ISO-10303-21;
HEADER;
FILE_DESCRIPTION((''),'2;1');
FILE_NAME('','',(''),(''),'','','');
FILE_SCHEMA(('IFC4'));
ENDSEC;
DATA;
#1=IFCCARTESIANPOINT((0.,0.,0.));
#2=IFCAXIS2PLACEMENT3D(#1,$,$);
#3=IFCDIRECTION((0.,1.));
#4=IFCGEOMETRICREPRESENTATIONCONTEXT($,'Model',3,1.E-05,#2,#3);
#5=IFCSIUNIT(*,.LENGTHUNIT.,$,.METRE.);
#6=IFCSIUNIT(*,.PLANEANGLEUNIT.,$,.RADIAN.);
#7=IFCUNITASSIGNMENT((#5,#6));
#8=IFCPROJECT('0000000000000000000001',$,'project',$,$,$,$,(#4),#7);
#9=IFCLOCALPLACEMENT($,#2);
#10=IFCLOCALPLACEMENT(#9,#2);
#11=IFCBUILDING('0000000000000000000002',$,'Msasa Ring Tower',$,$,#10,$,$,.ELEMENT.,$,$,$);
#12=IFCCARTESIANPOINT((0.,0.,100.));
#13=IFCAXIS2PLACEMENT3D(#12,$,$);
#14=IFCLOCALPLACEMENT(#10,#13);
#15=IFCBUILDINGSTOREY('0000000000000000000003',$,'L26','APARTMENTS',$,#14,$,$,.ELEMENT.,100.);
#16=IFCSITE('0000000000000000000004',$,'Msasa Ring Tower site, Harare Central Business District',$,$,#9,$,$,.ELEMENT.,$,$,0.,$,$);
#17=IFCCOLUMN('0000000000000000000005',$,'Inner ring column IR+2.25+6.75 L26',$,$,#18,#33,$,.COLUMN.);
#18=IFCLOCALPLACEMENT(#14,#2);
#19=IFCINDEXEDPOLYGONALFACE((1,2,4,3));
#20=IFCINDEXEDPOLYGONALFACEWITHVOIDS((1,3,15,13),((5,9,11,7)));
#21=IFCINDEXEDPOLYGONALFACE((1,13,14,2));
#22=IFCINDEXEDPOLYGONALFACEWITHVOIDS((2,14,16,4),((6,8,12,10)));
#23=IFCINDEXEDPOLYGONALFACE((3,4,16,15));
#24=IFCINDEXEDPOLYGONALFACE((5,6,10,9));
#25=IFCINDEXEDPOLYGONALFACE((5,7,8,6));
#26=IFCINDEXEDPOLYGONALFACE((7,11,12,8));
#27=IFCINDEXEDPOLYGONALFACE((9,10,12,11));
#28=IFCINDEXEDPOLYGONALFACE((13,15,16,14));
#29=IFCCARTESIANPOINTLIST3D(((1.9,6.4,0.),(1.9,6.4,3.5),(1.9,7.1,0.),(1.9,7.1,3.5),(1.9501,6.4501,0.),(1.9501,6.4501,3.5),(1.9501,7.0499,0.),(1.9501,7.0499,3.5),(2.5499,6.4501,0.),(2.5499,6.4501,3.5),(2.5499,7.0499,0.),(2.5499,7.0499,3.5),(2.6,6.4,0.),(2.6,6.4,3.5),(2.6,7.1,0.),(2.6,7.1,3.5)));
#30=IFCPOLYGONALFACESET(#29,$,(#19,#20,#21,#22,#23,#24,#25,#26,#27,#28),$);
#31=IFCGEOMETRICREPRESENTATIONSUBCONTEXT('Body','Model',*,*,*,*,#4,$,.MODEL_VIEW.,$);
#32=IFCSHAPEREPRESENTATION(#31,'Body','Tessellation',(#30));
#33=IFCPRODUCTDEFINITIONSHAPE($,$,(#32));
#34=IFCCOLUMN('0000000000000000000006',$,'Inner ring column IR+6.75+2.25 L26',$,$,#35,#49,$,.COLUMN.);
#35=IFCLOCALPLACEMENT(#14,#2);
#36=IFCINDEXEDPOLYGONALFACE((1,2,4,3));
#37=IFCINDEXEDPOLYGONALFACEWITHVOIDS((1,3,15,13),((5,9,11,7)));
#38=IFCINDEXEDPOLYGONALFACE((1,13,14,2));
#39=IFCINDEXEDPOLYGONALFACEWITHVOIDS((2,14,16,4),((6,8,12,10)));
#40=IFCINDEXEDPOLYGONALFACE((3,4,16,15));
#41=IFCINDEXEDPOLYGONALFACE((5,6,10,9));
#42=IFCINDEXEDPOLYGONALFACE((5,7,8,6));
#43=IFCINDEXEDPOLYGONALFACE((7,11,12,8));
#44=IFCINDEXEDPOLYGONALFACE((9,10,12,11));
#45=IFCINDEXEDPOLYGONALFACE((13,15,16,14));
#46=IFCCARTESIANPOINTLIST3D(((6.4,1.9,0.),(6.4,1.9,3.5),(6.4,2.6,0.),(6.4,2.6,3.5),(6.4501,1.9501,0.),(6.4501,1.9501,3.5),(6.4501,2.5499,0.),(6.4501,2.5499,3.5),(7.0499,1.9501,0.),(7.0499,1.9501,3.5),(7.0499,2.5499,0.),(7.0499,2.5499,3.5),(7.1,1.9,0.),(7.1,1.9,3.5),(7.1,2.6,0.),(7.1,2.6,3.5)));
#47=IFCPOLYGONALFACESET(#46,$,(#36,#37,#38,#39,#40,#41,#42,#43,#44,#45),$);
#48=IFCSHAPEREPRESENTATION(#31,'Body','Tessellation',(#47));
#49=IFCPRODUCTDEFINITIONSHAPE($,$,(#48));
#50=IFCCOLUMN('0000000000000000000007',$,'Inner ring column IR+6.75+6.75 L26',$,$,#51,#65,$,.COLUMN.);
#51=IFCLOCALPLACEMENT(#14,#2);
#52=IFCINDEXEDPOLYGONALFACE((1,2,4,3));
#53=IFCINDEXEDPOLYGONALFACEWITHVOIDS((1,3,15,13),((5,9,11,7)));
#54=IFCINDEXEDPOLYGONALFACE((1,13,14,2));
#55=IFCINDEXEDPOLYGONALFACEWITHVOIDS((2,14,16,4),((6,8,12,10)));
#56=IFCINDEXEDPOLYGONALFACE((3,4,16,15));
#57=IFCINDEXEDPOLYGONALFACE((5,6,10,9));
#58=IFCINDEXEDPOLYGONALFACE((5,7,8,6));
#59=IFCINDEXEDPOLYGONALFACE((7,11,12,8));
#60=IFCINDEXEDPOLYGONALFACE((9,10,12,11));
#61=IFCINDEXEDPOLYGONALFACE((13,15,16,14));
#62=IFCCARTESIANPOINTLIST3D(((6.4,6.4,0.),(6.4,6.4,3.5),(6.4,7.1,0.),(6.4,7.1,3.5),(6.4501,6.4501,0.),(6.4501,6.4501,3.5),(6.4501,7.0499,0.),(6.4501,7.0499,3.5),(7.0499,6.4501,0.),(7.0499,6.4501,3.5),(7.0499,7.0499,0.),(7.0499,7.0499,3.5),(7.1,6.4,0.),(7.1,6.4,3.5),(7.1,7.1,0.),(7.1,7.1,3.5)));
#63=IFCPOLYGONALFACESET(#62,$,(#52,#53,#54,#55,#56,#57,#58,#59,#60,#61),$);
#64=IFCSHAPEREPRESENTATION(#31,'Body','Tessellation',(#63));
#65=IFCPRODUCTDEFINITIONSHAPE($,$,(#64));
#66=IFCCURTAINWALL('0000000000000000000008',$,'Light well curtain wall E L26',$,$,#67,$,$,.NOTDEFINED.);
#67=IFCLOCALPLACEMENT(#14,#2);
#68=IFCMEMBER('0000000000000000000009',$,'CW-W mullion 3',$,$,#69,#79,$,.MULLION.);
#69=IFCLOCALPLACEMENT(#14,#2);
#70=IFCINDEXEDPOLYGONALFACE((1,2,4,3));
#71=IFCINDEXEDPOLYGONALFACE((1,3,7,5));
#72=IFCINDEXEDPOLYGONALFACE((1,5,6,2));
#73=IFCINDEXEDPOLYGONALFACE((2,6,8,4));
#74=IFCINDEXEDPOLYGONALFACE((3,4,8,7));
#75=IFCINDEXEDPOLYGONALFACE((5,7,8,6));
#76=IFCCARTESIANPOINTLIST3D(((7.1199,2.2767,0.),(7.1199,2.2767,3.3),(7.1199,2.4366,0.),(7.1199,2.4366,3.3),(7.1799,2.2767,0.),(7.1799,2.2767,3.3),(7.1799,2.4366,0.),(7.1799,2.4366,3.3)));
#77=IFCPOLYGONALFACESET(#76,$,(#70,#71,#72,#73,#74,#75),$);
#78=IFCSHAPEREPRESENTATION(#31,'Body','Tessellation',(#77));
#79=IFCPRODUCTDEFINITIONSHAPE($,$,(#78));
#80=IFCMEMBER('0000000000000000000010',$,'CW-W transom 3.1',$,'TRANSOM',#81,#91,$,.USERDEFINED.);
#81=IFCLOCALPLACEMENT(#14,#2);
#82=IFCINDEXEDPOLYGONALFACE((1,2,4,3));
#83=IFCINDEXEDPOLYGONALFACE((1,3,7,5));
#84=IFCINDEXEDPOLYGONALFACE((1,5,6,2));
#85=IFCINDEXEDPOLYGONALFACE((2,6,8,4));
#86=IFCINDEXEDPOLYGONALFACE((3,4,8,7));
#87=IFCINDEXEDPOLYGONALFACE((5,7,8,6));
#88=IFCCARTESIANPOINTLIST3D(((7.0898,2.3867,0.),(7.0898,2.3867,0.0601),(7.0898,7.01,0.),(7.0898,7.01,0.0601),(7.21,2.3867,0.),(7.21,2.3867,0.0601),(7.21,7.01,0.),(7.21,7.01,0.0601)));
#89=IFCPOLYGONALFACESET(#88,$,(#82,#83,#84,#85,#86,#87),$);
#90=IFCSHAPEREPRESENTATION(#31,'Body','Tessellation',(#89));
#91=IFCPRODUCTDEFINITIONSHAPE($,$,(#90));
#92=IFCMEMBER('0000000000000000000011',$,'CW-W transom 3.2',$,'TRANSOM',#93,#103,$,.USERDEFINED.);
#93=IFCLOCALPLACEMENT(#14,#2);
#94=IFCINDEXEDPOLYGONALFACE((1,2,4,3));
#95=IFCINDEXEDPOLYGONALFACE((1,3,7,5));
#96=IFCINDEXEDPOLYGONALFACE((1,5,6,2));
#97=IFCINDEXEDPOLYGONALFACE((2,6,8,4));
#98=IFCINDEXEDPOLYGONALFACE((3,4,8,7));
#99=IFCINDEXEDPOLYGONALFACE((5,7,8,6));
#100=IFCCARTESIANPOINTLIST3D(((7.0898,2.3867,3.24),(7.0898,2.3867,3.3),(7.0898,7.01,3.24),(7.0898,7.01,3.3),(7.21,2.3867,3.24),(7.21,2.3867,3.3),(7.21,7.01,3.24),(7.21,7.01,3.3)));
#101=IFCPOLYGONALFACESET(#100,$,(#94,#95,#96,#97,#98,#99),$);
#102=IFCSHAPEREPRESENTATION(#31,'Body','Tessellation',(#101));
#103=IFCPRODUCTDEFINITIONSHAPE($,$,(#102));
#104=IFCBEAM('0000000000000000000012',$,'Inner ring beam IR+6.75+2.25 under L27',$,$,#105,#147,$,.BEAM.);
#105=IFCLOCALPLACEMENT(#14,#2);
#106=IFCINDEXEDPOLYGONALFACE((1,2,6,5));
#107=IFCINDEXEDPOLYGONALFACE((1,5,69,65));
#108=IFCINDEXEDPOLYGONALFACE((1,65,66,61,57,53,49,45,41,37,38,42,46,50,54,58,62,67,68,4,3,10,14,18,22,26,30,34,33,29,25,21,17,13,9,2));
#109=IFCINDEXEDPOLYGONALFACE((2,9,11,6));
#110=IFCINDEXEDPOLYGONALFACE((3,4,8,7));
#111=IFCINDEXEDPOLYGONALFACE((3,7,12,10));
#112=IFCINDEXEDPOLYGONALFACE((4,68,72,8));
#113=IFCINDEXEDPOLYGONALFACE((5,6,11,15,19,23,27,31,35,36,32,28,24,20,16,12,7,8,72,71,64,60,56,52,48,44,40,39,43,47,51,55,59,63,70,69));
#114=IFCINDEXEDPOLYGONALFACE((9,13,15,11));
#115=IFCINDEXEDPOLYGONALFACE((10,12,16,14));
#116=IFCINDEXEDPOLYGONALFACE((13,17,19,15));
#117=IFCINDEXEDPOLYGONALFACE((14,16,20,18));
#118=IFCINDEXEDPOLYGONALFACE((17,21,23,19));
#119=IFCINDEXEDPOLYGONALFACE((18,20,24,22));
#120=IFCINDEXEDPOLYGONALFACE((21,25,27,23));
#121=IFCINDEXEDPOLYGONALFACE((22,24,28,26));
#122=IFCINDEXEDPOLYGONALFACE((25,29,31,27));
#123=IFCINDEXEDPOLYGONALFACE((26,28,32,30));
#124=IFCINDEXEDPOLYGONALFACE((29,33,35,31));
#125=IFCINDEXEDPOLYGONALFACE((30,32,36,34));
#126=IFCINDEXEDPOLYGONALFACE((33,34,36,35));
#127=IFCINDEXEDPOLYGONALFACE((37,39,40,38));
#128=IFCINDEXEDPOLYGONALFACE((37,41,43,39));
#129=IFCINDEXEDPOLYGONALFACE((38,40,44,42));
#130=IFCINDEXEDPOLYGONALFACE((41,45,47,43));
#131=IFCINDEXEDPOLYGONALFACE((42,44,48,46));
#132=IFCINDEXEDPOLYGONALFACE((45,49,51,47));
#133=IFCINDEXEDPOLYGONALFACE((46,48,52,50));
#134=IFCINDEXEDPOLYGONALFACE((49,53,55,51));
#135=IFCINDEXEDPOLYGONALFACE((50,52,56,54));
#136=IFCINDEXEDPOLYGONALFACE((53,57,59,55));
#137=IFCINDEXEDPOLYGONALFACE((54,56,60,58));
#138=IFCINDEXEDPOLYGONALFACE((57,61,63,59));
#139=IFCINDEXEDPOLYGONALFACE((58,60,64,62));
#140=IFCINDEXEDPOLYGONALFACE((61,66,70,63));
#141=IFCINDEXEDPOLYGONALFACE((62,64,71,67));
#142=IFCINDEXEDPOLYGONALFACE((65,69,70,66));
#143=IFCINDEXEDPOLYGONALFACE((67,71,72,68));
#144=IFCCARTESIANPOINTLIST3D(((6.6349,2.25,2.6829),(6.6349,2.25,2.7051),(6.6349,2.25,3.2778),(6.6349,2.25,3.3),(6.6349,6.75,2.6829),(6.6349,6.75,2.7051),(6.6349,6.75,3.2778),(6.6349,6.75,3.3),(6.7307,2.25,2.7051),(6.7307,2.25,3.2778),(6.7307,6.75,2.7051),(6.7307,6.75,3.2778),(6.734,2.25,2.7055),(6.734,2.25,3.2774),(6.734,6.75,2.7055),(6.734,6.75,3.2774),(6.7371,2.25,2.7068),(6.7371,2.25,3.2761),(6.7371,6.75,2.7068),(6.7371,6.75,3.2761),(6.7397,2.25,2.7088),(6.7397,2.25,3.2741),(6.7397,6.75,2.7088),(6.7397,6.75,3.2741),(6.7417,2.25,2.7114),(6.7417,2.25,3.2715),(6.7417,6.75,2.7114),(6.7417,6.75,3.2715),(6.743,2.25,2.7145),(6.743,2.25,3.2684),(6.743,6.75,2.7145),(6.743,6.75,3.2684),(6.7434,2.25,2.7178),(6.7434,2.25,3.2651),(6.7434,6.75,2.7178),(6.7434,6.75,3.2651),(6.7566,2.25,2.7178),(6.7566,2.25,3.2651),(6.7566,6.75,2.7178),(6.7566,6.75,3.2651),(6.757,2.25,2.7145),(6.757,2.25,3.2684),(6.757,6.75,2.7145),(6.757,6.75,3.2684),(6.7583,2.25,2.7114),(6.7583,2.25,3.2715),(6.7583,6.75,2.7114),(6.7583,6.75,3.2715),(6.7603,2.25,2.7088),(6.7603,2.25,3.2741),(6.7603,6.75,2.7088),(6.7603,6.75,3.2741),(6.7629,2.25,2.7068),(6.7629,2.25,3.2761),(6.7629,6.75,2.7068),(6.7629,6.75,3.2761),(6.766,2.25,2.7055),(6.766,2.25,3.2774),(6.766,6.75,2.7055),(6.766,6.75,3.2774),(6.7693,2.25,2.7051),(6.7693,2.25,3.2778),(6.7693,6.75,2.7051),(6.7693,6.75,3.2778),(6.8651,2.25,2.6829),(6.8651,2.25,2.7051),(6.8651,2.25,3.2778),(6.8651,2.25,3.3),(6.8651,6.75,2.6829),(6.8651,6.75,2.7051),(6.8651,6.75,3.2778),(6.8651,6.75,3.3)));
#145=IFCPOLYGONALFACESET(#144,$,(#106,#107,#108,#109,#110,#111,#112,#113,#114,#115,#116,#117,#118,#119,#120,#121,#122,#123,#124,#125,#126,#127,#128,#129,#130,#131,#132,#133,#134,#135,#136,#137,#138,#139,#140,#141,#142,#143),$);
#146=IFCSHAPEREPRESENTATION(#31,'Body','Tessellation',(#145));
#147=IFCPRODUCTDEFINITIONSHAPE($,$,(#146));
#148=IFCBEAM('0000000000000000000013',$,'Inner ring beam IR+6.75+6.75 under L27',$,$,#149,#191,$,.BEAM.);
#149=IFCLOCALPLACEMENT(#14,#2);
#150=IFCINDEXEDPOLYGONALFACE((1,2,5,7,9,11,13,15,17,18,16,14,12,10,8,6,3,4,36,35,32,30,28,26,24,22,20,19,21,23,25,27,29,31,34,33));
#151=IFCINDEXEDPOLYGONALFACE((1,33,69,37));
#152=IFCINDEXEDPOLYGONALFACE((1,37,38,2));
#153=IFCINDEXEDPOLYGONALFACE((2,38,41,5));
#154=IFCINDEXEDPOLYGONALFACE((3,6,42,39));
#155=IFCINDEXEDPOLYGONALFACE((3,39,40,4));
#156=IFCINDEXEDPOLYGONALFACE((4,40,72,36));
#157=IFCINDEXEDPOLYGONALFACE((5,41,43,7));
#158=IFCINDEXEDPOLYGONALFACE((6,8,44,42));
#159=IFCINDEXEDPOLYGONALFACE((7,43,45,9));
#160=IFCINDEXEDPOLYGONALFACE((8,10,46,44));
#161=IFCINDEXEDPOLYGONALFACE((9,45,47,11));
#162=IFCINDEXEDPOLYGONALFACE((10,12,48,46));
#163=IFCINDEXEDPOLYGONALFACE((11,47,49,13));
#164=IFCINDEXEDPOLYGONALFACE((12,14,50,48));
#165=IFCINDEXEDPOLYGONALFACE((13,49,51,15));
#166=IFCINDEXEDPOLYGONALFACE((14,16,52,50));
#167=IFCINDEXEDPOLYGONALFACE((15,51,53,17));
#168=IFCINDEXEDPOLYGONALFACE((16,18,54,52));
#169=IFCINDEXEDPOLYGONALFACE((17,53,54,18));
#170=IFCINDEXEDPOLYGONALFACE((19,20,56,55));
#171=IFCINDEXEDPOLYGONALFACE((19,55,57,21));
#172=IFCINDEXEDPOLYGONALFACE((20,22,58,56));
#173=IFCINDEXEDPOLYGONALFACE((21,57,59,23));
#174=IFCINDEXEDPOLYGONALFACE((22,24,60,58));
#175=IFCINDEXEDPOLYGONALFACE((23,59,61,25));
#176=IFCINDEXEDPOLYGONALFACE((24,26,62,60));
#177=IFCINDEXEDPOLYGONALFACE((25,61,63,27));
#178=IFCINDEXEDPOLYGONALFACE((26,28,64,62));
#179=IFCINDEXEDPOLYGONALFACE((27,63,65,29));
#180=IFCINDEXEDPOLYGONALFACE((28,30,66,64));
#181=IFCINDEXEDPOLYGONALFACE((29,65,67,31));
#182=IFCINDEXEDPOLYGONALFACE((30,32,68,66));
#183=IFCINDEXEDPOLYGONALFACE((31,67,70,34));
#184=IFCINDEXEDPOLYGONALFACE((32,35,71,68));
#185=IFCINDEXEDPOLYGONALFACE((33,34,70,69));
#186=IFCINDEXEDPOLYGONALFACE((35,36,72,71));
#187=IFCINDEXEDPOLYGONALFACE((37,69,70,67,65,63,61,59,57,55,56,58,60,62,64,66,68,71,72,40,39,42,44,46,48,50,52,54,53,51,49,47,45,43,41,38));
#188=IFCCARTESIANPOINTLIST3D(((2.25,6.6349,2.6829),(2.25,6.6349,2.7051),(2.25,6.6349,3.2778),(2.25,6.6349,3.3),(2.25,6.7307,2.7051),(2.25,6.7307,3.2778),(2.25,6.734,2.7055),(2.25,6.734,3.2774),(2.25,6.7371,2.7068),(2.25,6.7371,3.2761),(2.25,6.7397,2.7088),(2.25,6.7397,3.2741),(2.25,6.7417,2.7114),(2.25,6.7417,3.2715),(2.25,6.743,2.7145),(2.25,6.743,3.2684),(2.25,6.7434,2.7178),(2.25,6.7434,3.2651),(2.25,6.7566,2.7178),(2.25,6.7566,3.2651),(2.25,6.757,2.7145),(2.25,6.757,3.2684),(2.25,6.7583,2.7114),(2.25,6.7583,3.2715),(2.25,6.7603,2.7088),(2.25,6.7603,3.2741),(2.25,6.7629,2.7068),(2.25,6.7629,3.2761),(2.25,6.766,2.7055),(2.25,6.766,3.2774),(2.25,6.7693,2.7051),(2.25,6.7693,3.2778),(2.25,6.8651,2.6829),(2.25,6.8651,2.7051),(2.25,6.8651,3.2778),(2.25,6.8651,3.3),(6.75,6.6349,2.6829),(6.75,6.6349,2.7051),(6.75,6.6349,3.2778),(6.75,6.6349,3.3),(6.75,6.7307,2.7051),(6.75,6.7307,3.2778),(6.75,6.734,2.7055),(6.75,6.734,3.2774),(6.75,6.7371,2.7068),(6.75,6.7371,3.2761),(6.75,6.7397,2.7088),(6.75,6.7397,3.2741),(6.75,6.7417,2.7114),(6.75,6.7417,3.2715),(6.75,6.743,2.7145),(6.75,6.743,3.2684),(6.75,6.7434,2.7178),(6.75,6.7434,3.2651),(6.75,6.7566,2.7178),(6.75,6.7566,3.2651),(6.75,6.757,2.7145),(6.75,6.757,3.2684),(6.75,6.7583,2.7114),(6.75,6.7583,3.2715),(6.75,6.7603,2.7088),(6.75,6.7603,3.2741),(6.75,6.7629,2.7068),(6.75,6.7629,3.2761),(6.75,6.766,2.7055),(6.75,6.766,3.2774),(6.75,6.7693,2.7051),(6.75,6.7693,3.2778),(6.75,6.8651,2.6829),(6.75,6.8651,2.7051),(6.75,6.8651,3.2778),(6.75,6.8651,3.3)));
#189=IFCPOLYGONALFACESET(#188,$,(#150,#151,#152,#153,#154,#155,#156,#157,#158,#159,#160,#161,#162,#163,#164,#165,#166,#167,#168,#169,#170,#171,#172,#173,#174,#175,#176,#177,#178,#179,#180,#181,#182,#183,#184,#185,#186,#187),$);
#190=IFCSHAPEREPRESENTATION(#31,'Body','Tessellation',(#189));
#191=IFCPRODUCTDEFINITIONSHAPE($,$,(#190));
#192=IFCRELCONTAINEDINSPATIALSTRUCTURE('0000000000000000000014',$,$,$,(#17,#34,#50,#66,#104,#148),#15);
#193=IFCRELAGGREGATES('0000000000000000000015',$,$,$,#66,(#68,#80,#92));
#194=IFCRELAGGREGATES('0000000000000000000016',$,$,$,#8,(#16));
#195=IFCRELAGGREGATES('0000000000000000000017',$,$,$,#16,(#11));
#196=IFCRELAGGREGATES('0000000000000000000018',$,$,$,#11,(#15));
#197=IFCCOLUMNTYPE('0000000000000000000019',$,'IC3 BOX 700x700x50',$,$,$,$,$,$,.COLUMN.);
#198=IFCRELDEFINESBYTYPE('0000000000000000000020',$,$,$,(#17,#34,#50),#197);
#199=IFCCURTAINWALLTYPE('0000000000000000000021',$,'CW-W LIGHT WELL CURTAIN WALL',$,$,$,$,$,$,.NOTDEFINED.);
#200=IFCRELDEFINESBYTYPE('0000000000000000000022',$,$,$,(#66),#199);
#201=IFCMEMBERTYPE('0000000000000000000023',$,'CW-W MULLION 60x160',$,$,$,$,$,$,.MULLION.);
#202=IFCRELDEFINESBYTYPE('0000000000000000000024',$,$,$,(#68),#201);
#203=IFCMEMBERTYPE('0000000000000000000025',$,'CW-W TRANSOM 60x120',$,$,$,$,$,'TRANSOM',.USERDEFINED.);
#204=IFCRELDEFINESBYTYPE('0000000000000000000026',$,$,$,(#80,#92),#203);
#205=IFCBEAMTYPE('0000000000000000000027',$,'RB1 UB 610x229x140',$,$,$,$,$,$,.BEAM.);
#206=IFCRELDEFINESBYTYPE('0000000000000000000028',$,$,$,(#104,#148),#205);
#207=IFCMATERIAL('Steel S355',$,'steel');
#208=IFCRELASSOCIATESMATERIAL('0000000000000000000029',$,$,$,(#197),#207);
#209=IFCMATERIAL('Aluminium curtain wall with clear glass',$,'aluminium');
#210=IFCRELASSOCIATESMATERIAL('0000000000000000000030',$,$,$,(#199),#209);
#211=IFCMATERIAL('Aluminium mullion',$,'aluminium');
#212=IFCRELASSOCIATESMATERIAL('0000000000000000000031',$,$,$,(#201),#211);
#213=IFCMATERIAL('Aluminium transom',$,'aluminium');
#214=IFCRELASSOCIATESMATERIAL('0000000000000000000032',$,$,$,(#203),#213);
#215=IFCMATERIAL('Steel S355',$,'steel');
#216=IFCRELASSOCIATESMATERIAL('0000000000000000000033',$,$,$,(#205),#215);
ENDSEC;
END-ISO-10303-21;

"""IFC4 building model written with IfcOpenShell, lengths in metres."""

from ifc_helpers import new_model, si_unit, direction, frame, origin, origin_2d, place, context, subcontext, project, spatial, rectangle, hollow_rectangle, i_section, extrude, material, material_profile, profile_set, type_object, element, aggregate, save


model = new_model("IFC4")

# Units and contexts
model_context = context("Model", 3, precision=1e-05, world=origin(), true_north=direction((0.0, 1.0)))
body_context = subcontext(model_context, "Body", "Model", "MODEL_VIEW")
ifc_project = project(units=[si_unit("LENGTHUNIT", "METRE"), si_unit("PLANEANGLEUNIT", "RADIAN")], contexts=[model_context])

# Site, building, storey
site_placement = place(None, origin())
site = spatial("IfcSite", under=ifc_project, at=site_placement, Name="Msasa Ring Tower site, Harare Central Business District", CompositionType="ELEMENT", RefElevation=0.0)
building_placement = place(site_placement, origin())
building = spatial("IfcBuilding", under=site, at=building_placement, Name="Msasa Ring Tower", CompositionType="ELEMENT")
storey_placement = place(building_placement, frame((0.0, 0.0, 100.0)))
storey = spatial("IfcBuildingStorey", under=building, at=storey_placement, Name="L26", Description="APARTMENTS", CompositionType="ELEMENT", Elevation=100.0)

# Columns
ifc_material_1 = material(Name="Steel S355", Category="steel")
ifc_material_profile_1 = material_profile(ifc_material_1, hollow_rectangle(XDim=0.7, YDim=0.7, WallThickness=0.05, at=origin_2d()), Name="BOX 700x700x50")
ifc_profile_set_1 = profile_set([ifc_material_profile_1], Name="Steel S355")
column_type = type_object("IfcColumnType", Name="IC3 BOX 700x700x50", PredefinedType="COLUMN", material=ifc_profile_set_1)
for number, where, z_axis, x_axis, name in (
    (1, (2.25, 6.75, 0.0), (0.0, 0.0, 1.0), (1.0, 0.0, 0.0), "Inner ring column IR+2.25+6.75 L26"),
    (2, (6.75, 2.25, 0.0), (0.0, 0.0, 1.0), (1.0, 0.0, 0.0), "Inner ring column IR+6.75+2.25 L26"),
    (3, (6.75, 6.75, 0.0), (0.0, 0.0, 1.0), (1.0, 0.0, 0.0), "Inner ring column IR+6.75+6.75 L26"),
):
    element("IfcColumn", number, at=place(storey_placement, frame(where, z_axis=z_axis, x_axis=x_axis)), inside=storey, type_object=column_type, Name=name, PredefinedType="COLUMN", context=body_context, shape_type="SweptSolid", body=[
        extrude(hollow_rectangle(XDim=0.7, YDim=0.7, WallThickness=0.05, at=origin_2d()), origin(), (0.0, 0.0, 1.0), 3.5),
    ])

# Curtain wall, members
ifc_material_2 = material(Name="Aluminium curtain wall with clear glass", Category="aluminium")
curtain_wall_type = type_object("IfcCurtainWallType", Name="CW-W LIGHT WELL CURTAIN WALL", PredefinedType="NOTDEFINED", material=ifc_material_2)
curtain_wall_placement = place(storey_placement, origin())
curtain_wall = element("IfcCurtainWall", 4, at=curtain_wall_placement, inside=storey, type_object=curtain_wall_type, Name="Light well curtain wall E L26", PredefinedType="NOTDEFINED")
ifc_material_3 = material(Name="Aluminium mullion", Category="aluminium")
ifc_material_profile_2 = material_profile(ifc_material_3, rectangle(XDim=0.0601, YDim=0.1599, at=origin_2d()), Name="AL 60x160")
ifc_profile_set_2 = profile_set([ifc_material_profile_2], Name="Aluminium mullion")
member_type_1 = type_object("IfcMemberType", Name="CW-W MULLION 60x160", PredefinedType="MULLION", material=ifc_profile_set_2)
member_1_placement = place(storey_placement, frame((7.1499, 2.3567, 0.0), z_axis=(0.0, 0.0, 1.0), x_axis=(-1.0, 0.0, 0.0)))
member_1 = element("IfcMember", 5, at=member_1_placement, type_object=member_type_1, Name="CW-W mullion 3", PredefinedType="MULLION", context=body_context, shape_type="SweptSolid", body=[
    extrude(rectangle(XDim=0.0601, YDim=0.1599, at=origin_2d()), origin(), (0.0, 0.0, 1.0), 3.3),
])
ifc_material_4 = material(Name="Aluminium transom", Category="aluminium")
ifc_material_profile_3 = material_profile(ifc_material_4, rectangle(XDim=0.1201, YDim=0.0601, at=origin_2d()), Name="AL 60x120")
ifc_profile_set_3 = profile_set([ifc_material_profile_3], Name="Aluminium transom")
member_type_2 = type_object("IfcMemberType", Name="CW-W TRANSOM 60x120", ElementType="TRANSOM", PredefinedType="USERDEFINED", material=ifc_profile_set_3)
member_2_placement = place(storey_placement, frame((7.1499, 2.3867, 0.03), z_axis=(0.0, 1.0, 0.0), x_axis=(-1.0, 0.0, 0.0)))
member_2 = element("IfcMember", 6, at=member_2_placement, type_object=member_type_2, Name="CW-W transom 3.1", ObjectType="TRANSOM", PredefinedType="USERDEFINED", context=body_context, shape_type="SweptSolid", body=[
    extrude(rectangle(XDim=0.1201, YDim=0.0601, at=origin_2d()), origin(), (0.0, 0.0, 1.0), 4.6233),
])
member_3_placement = place(storey_placement, frame((7.1499, 2.3867, 3.27), z_axis=(0.0, 1.0, 0.0), x_axis=(-1.0, 0.0, 0.0)))
member_3 = element("IfcMember", 7, at=member_3_placement, type_object=member_type_2, Name="CW-W transom 3.2", ObjectType="TRANSOM", PredefinedType="USERDEFINED", context=body_context, shape_type="SweptSolid", body=[
    extrude(rectangle(XDim=0.1201, YDim=0.0601, at=origin_2d()), origin(), (0.0, 0.0, 1.0), 4.6233),
])

# Beams
ifc_material_5 = material(Name="Steel S355", Category="steel")
ifc_material_profile_4 = material_profile(ifc_material_5, i_section(OverallWidth=0.2302, OverallDepth=0.6172, WebThickness=0.0132, FlangeThickness=0.0222, FilletRadius=0.0127, at=origin_2d()), Name="UB 610x229x140")
ifc_profile_set_4 = profile_set([ifc_material_profile_4], Name="Steel S355")
beam_type = type_object("IfcBeamType", Name="RB1 UB 610x229x140", PredefinedType="BEAM", material=ifc_profile_set_4)
for number, where, z_axis, x_axis, name in (
    (8, (6.75, 2.25, 2.9915), (0.0, 1.0, 0.0), (-1.0, 0.0, 0.0), "Inner ring beam IR+6.75+2.25 under L27"),
    (9, (6.75, 6.75, 2.9915), (-1.0, 0.0, 0.0), (0.0, -1.0, 0.0), "Inner ring beam IR+6.75+6.75 under L27"),
):
    element("IfcBeam", number, at=place(storey_placement, frame(where, z_axis=z_axis, x_axis=x_axis)), inside=storey, type_object=beam_type, Name=name, PredefinedType="BEAM", context=body_context, shape_type="SweptSolid", body=[
        extrude(i_section(OverallWidth=0.2302, OverallDepth=0.6172, WebThickness=0.0132, FlangeThickness=0.0222, FilletRadius=0.0127, at=origin_2d()), origin(), (0.0, 0.0, 1.0), 4.5),
    ])

aggregate(curtain_wall, [member_1, member_2, member_3])

save(model, "model.ifc")
